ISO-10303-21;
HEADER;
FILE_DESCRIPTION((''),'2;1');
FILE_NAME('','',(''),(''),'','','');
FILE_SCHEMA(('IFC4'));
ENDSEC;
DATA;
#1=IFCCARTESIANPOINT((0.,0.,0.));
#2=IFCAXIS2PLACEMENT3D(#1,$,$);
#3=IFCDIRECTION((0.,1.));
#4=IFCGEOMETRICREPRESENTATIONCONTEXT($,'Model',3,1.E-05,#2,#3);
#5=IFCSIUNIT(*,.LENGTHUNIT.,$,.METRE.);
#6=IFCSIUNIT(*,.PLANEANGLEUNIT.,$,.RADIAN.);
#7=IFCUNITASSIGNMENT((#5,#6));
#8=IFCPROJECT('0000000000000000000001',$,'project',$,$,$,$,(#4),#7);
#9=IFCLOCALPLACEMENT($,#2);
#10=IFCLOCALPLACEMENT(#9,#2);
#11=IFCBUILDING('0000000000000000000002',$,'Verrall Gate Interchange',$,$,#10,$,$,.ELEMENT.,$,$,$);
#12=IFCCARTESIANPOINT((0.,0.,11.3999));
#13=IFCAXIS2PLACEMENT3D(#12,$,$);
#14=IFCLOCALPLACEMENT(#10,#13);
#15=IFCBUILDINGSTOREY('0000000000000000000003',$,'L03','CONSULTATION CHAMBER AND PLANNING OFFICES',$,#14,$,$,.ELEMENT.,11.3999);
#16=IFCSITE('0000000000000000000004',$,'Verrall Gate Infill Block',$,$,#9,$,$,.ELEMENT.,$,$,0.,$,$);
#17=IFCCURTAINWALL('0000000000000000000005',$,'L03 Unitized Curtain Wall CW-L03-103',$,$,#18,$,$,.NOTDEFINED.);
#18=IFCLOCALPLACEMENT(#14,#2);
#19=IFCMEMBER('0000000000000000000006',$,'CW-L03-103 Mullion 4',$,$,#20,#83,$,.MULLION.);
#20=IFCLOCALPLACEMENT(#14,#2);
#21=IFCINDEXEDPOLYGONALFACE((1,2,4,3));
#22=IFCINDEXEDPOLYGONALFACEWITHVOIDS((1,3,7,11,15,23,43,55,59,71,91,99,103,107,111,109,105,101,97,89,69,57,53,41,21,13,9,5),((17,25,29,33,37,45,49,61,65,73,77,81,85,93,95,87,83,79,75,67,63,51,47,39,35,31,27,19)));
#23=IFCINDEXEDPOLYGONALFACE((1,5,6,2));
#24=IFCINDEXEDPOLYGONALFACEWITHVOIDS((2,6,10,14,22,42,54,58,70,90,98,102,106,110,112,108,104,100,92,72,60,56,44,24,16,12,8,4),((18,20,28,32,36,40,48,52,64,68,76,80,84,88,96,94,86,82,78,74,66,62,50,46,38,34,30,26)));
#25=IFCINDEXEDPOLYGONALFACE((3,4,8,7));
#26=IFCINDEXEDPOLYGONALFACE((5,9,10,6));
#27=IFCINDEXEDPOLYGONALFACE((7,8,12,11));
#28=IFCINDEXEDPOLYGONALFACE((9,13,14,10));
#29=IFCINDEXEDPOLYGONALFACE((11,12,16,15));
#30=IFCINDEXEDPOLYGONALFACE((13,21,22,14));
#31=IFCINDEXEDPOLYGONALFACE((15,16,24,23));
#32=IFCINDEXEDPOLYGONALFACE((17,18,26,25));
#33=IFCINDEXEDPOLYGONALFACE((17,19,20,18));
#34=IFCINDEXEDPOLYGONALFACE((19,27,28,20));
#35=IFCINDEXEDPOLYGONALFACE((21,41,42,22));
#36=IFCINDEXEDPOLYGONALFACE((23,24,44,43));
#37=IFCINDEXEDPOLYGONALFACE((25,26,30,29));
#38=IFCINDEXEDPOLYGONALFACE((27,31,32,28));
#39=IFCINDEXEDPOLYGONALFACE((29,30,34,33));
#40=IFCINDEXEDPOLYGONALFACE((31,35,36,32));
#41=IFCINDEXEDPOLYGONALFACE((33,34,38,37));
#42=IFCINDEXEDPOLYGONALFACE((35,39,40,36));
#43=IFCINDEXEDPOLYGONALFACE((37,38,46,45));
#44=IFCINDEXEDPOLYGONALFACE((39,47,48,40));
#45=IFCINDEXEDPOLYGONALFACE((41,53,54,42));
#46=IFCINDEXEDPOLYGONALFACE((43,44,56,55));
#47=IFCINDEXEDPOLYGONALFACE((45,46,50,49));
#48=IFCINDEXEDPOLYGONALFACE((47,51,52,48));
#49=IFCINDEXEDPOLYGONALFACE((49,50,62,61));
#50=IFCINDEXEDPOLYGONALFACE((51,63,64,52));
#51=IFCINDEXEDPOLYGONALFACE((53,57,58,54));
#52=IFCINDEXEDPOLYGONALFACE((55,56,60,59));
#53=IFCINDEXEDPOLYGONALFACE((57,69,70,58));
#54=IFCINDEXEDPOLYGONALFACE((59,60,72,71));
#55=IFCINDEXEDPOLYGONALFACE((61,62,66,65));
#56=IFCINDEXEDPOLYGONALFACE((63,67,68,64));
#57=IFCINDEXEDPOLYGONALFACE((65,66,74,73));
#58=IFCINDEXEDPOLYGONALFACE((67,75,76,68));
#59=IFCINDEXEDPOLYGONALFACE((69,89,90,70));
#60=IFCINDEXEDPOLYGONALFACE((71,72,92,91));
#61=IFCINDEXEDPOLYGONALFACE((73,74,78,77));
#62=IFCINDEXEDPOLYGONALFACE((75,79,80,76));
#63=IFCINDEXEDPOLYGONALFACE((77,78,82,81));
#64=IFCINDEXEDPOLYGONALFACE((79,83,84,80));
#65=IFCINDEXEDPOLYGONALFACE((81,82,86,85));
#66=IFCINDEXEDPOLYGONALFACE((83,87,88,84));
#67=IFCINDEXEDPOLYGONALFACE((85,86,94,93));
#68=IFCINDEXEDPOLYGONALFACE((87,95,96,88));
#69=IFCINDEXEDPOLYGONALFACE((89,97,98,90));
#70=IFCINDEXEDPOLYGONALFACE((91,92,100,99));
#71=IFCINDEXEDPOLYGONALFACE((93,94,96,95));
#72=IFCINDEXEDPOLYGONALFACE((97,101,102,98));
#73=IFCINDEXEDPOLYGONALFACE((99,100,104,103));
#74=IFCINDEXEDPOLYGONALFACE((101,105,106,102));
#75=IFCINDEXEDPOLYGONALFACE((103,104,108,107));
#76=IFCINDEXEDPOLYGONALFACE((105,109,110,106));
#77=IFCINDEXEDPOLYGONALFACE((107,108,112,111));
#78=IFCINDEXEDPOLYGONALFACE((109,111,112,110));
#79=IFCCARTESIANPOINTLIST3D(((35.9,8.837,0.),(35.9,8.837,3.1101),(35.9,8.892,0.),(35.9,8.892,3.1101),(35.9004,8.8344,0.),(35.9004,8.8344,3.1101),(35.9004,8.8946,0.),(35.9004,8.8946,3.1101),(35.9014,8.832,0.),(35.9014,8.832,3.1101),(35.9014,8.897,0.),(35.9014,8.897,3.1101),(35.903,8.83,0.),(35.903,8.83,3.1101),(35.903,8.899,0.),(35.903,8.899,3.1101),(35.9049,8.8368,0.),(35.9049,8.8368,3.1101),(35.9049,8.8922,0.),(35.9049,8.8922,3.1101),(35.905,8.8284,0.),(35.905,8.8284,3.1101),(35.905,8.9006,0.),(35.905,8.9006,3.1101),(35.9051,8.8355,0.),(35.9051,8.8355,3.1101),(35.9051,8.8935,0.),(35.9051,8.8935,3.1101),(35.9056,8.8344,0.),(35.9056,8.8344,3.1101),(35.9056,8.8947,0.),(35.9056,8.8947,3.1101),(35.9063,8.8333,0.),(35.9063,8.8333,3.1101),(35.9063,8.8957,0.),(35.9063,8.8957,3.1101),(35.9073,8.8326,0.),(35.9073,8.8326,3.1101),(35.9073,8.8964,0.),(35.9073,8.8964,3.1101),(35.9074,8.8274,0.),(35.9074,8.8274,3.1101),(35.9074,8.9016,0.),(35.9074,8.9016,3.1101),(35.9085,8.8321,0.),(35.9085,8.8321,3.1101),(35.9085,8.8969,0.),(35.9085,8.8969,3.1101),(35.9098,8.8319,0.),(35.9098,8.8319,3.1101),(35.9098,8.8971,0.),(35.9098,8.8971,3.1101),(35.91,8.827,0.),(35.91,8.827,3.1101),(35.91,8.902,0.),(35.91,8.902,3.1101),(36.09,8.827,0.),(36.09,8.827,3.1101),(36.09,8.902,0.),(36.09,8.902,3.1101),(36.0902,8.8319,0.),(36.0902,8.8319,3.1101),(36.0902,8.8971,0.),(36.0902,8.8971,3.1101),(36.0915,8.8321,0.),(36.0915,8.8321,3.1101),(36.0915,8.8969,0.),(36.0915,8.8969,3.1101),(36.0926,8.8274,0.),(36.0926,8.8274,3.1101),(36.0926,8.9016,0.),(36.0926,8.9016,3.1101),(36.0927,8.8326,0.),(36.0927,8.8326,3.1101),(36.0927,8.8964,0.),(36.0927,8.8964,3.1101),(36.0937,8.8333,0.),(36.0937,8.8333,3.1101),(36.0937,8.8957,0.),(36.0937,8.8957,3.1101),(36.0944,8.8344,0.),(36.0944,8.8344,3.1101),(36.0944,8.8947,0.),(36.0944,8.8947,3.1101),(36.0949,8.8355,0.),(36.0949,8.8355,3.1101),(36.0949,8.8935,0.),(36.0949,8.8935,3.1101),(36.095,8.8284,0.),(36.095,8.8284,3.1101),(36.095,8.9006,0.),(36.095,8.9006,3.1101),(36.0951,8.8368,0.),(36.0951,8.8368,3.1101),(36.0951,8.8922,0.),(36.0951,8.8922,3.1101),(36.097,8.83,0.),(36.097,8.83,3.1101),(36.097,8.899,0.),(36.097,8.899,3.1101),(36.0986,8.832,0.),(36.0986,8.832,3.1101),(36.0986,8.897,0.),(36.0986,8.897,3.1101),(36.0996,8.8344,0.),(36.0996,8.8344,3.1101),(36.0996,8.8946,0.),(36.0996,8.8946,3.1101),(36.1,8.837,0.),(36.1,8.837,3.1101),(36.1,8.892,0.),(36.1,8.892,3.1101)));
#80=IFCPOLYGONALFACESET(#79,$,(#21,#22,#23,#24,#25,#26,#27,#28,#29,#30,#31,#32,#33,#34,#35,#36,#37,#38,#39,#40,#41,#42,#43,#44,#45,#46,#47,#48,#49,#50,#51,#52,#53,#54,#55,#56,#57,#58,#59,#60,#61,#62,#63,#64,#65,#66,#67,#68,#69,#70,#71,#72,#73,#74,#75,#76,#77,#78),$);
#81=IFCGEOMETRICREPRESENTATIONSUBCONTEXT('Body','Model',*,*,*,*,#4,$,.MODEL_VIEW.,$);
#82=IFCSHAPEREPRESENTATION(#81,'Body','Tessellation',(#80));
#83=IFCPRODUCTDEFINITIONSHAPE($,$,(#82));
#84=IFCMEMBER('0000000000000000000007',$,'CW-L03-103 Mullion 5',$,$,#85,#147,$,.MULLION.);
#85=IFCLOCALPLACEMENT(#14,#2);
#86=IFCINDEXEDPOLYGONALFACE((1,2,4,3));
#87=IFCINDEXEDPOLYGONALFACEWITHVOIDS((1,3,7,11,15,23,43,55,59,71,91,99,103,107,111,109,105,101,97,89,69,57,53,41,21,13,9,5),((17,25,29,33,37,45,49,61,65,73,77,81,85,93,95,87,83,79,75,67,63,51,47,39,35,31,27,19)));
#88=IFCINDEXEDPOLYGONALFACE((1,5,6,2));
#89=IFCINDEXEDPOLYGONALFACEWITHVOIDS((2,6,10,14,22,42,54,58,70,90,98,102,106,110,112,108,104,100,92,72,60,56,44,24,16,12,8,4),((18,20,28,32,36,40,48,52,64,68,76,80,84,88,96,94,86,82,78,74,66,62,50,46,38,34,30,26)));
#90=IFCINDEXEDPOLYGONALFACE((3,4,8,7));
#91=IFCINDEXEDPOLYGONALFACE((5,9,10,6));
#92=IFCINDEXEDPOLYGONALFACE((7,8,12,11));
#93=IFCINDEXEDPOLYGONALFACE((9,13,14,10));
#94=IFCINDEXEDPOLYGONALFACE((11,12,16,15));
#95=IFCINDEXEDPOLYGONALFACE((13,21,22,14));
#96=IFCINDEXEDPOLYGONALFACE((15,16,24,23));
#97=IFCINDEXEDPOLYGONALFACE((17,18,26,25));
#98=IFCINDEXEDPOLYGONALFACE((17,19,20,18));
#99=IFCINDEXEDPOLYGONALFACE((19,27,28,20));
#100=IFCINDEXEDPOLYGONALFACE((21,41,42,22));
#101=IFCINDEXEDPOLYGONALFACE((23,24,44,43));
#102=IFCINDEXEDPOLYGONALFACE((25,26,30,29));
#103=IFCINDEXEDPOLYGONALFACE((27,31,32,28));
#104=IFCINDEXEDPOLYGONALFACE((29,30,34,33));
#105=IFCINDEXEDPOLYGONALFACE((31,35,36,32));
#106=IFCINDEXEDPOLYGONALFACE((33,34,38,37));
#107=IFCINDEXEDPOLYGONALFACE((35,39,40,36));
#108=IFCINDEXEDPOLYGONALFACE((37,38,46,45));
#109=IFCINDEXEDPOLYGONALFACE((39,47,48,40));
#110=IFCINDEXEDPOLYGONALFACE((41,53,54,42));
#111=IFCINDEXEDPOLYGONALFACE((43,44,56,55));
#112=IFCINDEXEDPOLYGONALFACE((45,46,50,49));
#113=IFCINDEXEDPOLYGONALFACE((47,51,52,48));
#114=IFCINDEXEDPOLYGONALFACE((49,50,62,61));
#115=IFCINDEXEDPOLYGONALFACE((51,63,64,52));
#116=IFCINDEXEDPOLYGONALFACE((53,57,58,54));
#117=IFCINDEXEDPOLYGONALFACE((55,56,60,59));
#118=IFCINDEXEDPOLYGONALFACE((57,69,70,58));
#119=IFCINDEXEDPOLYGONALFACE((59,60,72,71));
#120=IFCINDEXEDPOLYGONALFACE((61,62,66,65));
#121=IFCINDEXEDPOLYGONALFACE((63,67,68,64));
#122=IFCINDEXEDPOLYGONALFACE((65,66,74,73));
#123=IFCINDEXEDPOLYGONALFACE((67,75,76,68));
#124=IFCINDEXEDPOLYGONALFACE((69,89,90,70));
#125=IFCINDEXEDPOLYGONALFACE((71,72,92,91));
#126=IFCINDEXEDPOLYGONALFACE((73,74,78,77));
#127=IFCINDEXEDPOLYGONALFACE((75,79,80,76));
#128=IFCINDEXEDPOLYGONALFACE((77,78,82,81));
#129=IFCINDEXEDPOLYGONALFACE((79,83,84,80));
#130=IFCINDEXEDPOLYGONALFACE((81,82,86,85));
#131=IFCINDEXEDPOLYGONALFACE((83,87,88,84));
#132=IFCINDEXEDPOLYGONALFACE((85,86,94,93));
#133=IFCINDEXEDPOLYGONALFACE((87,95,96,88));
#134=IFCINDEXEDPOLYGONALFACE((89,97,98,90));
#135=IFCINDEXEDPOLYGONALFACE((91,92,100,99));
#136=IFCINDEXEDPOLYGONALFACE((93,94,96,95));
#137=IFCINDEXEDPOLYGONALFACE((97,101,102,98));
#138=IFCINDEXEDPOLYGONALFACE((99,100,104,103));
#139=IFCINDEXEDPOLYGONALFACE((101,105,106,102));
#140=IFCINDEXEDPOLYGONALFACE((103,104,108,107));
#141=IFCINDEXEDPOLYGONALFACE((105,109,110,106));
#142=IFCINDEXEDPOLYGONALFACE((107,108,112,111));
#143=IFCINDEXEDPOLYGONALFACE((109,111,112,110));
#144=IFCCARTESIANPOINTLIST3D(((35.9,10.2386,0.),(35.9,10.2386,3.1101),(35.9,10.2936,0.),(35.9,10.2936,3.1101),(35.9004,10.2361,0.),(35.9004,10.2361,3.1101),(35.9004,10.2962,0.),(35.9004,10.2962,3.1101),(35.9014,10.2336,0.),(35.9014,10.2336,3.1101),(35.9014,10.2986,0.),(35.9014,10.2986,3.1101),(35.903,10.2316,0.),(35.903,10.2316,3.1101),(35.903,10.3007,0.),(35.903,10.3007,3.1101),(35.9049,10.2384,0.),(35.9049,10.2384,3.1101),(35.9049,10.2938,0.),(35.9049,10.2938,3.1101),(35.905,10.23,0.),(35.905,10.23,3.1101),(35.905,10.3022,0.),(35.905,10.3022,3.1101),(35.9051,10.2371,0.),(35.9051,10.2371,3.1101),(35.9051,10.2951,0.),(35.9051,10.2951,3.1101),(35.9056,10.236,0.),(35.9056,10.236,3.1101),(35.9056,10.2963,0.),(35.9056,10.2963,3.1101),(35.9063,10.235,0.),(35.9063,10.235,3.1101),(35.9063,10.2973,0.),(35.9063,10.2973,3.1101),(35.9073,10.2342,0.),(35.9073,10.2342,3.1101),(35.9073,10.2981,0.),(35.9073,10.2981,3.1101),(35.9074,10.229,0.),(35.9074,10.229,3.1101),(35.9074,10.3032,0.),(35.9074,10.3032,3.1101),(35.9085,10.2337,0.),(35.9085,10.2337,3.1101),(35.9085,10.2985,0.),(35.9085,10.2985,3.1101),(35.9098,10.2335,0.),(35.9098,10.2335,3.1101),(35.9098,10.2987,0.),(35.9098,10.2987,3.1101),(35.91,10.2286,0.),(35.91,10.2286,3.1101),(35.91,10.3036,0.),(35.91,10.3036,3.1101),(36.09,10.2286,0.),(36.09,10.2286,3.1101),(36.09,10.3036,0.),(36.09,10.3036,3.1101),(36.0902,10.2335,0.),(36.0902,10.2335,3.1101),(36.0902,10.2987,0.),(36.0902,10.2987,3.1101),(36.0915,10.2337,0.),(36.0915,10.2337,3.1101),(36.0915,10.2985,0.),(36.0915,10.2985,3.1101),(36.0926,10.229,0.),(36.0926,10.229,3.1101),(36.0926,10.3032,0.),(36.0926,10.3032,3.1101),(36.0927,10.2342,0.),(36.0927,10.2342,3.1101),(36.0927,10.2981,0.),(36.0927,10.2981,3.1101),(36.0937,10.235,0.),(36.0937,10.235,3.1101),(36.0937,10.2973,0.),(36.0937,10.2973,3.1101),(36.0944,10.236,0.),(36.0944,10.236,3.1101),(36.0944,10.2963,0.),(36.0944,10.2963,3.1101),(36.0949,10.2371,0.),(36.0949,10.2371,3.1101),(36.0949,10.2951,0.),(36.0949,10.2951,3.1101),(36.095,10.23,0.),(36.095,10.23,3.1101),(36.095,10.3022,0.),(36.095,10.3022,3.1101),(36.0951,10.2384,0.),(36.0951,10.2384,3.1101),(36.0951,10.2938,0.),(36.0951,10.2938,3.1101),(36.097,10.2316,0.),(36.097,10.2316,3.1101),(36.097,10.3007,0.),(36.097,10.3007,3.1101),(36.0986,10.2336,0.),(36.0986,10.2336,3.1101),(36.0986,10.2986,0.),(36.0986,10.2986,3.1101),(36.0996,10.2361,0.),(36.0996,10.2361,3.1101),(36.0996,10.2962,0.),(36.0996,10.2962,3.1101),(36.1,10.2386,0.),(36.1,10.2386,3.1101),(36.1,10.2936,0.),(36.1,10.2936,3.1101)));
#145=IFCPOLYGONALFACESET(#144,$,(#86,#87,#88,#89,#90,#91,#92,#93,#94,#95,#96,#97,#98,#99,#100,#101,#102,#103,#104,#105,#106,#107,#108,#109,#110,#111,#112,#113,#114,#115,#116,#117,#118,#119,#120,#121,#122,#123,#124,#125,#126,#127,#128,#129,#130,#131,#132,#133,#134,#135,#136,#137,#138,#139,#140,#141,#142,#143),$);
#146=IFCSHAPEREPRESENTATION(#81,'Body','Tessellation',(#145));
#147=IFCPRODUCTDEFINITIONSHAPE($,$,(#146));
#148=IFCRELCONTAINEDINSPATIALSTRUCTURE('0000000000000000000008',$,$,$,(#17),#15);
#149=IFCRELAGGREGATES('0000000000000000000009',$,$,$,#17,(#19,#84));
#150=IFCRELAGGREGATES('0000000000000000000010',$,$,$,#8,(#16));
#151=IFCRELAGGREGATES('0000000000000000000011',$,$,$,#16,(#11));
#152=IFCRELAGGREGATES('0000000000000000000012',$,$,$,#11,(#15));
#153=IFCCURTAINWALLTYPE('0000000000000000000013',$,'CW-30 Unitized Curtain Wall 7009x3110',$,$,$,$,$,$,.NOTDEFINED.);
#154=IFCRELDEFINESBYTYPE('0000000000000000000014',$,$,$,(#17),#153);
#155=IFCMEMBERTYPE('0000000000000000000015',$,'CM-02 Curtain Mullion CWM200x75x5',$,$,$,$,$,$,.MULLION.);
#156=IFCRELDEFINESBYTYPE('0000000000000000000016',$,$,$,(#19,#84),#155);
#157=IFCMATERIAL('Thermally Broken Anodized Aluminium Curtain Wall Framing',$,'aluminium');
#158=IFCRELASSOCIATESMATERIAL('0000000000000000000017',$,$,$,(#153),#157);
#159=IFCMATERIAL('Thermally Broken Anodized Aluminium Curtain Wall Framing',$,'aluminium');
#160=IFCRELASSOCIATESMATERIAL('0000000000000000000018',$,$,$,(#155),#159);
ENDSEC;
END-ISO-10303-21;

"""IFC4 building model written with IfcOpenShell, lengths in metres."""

from ifc_helpers import new_model, si_unit, direction, frame, origin, origin_2d, place, context, subcontext, project, spatial, hollow_rectangle, extrude, material, material_profile, profile_set, type_object, element, aggregate, save


model = new_model("IFC4")

# Units and contexts
model_context = context("Model", 3, precision=1e-05, world=origin(), true_north=direction((0.0, 1.0)))
body_context = subcontext(model_context, "Body", "Model", "MODEL_VIEW")
ifc_project = project(units=[si_unit("LENGTHUNIT", "METRE"), si_unit("PLANEANGLEUNIT", "RADIAN")], contexts=[model_context])

# Site, building, storey
site_placement = place(None, origin())
site = spatial("IfcSite", under=ifc_project, at=site_placement, Name="Verrall Gate Infill Block", CompositionType="ELEMENT", RefElevation=0.0)
building_placement = place(site_placement, origin())
building = spatial("IfcBuilding", under=site, at=building_placement, Name="Verrall Gate Interchange", CompositionType="ELEMENT")
storey_placement = place(building_placement, frame((0.0, 0.0, 11.3999)))
storey = spatial("IfcBuildingStorey", under=building, at=storey_placement, Name="L03", Description="CONSULTATION CHAMBER AND PLANNING OFFICES", CompositionType="ELEMENT", Elevation=11.3999)

# Curtain wall, members
ifc_material_1 = material(Name="Thermally Broken Anodized Aluminium Curtain Wall Framing", Category="aluminium")
curtain_wall_type_1 = type_object("IfcCurtainWallType", Name="CW-30 Unitized Curtain Wall 7009x3110", PredefinedType="NOTDEFINED", material=ifc_material_1)
curtain_wall_1_placement = place(storey_placement, origin())
curtain_wall_1 = element("IfcCurtainWall", 1, at=curtain_wall_1_placement, inside=storey, type_object=curtain_wall_type_1, Name="L03 Unitized Curtain Wall CW-L03-103", PredefinedType="NOTDEFINED")
ifc_material_2 = material(Name="Thermally Broken Anodized Aluminium Curtain Wall Framing", Category="aluminium")
ifc_material_profile_1 = material_profile(ifc_material_2, hollow_rectangle(XDim=0.075, YDim=0.2, WallThickness=0.0049, InnerFilletRadius=0.0049, OuterFilletRadius=0.01, at=origin_2d()), Name="CWM200x75x5")
ifc_profile_set_1 = profile_set([ifc_material_profile_1], Name="Thermally Broken Anodized Aluminium Curtain Wall Framing")
member_type_1 = type_object("IfcMemberType", Name="CM-02 Curtain Mullion CWM200x75x5", PredefinedType="MULLION", material=ifc_profile_set_1)
member_1_placement = place(storey_placement, frame((36.0, 8.8645, 0.0), z_axis=(0.0, 0.0, 1.0), x_axis=(0.0, 1.0, 0.0)))
member_1 = element("IfcMember", 2, at=member_1_placement, type_object=member_type_1, Name="CW-L03-103 Mullion 4", PredefinedType="MULLION", context=body_context, shape_type="SweptSolid", body=[
    extrude(hollow_rectangle(XDim=0.075, YDim=0.2, WallThickness=0.0049, InnerFilletRadius=0.0049, OuterFilletRadius=0.01, at=origin_2d()), origin(), (0.0, 0.0, 1.0), 3.1101),
])
member_2_placement = place(storey_placement, frame((36.0, 10.2661, 0.0), z_axis=(0.0, 0.0, 1.0), x_axis=(0.0, 1.0, 0.0)))
member_2 = element("IfcMember", 3, at=member_2_placement, type_object=member_type_1, Name="CW-L03-103 Mullion 5", PredefinedType="MULLION", context=body_context, shape_type="SweptSolid", body=[
    extrude(hollow_rectangle(XDim=0.075, YDim=0.2, WallThickness=0.0049, InnerFilletRadius=0.0049, OuterFilletRadius=0.01, at=origin_2d()), origin(), (0.0, 0.0, 1.0), 3.1101),
])

aggregate(curtain_wall_1, [member_1, member_2])

save(model, "model.ifc")
